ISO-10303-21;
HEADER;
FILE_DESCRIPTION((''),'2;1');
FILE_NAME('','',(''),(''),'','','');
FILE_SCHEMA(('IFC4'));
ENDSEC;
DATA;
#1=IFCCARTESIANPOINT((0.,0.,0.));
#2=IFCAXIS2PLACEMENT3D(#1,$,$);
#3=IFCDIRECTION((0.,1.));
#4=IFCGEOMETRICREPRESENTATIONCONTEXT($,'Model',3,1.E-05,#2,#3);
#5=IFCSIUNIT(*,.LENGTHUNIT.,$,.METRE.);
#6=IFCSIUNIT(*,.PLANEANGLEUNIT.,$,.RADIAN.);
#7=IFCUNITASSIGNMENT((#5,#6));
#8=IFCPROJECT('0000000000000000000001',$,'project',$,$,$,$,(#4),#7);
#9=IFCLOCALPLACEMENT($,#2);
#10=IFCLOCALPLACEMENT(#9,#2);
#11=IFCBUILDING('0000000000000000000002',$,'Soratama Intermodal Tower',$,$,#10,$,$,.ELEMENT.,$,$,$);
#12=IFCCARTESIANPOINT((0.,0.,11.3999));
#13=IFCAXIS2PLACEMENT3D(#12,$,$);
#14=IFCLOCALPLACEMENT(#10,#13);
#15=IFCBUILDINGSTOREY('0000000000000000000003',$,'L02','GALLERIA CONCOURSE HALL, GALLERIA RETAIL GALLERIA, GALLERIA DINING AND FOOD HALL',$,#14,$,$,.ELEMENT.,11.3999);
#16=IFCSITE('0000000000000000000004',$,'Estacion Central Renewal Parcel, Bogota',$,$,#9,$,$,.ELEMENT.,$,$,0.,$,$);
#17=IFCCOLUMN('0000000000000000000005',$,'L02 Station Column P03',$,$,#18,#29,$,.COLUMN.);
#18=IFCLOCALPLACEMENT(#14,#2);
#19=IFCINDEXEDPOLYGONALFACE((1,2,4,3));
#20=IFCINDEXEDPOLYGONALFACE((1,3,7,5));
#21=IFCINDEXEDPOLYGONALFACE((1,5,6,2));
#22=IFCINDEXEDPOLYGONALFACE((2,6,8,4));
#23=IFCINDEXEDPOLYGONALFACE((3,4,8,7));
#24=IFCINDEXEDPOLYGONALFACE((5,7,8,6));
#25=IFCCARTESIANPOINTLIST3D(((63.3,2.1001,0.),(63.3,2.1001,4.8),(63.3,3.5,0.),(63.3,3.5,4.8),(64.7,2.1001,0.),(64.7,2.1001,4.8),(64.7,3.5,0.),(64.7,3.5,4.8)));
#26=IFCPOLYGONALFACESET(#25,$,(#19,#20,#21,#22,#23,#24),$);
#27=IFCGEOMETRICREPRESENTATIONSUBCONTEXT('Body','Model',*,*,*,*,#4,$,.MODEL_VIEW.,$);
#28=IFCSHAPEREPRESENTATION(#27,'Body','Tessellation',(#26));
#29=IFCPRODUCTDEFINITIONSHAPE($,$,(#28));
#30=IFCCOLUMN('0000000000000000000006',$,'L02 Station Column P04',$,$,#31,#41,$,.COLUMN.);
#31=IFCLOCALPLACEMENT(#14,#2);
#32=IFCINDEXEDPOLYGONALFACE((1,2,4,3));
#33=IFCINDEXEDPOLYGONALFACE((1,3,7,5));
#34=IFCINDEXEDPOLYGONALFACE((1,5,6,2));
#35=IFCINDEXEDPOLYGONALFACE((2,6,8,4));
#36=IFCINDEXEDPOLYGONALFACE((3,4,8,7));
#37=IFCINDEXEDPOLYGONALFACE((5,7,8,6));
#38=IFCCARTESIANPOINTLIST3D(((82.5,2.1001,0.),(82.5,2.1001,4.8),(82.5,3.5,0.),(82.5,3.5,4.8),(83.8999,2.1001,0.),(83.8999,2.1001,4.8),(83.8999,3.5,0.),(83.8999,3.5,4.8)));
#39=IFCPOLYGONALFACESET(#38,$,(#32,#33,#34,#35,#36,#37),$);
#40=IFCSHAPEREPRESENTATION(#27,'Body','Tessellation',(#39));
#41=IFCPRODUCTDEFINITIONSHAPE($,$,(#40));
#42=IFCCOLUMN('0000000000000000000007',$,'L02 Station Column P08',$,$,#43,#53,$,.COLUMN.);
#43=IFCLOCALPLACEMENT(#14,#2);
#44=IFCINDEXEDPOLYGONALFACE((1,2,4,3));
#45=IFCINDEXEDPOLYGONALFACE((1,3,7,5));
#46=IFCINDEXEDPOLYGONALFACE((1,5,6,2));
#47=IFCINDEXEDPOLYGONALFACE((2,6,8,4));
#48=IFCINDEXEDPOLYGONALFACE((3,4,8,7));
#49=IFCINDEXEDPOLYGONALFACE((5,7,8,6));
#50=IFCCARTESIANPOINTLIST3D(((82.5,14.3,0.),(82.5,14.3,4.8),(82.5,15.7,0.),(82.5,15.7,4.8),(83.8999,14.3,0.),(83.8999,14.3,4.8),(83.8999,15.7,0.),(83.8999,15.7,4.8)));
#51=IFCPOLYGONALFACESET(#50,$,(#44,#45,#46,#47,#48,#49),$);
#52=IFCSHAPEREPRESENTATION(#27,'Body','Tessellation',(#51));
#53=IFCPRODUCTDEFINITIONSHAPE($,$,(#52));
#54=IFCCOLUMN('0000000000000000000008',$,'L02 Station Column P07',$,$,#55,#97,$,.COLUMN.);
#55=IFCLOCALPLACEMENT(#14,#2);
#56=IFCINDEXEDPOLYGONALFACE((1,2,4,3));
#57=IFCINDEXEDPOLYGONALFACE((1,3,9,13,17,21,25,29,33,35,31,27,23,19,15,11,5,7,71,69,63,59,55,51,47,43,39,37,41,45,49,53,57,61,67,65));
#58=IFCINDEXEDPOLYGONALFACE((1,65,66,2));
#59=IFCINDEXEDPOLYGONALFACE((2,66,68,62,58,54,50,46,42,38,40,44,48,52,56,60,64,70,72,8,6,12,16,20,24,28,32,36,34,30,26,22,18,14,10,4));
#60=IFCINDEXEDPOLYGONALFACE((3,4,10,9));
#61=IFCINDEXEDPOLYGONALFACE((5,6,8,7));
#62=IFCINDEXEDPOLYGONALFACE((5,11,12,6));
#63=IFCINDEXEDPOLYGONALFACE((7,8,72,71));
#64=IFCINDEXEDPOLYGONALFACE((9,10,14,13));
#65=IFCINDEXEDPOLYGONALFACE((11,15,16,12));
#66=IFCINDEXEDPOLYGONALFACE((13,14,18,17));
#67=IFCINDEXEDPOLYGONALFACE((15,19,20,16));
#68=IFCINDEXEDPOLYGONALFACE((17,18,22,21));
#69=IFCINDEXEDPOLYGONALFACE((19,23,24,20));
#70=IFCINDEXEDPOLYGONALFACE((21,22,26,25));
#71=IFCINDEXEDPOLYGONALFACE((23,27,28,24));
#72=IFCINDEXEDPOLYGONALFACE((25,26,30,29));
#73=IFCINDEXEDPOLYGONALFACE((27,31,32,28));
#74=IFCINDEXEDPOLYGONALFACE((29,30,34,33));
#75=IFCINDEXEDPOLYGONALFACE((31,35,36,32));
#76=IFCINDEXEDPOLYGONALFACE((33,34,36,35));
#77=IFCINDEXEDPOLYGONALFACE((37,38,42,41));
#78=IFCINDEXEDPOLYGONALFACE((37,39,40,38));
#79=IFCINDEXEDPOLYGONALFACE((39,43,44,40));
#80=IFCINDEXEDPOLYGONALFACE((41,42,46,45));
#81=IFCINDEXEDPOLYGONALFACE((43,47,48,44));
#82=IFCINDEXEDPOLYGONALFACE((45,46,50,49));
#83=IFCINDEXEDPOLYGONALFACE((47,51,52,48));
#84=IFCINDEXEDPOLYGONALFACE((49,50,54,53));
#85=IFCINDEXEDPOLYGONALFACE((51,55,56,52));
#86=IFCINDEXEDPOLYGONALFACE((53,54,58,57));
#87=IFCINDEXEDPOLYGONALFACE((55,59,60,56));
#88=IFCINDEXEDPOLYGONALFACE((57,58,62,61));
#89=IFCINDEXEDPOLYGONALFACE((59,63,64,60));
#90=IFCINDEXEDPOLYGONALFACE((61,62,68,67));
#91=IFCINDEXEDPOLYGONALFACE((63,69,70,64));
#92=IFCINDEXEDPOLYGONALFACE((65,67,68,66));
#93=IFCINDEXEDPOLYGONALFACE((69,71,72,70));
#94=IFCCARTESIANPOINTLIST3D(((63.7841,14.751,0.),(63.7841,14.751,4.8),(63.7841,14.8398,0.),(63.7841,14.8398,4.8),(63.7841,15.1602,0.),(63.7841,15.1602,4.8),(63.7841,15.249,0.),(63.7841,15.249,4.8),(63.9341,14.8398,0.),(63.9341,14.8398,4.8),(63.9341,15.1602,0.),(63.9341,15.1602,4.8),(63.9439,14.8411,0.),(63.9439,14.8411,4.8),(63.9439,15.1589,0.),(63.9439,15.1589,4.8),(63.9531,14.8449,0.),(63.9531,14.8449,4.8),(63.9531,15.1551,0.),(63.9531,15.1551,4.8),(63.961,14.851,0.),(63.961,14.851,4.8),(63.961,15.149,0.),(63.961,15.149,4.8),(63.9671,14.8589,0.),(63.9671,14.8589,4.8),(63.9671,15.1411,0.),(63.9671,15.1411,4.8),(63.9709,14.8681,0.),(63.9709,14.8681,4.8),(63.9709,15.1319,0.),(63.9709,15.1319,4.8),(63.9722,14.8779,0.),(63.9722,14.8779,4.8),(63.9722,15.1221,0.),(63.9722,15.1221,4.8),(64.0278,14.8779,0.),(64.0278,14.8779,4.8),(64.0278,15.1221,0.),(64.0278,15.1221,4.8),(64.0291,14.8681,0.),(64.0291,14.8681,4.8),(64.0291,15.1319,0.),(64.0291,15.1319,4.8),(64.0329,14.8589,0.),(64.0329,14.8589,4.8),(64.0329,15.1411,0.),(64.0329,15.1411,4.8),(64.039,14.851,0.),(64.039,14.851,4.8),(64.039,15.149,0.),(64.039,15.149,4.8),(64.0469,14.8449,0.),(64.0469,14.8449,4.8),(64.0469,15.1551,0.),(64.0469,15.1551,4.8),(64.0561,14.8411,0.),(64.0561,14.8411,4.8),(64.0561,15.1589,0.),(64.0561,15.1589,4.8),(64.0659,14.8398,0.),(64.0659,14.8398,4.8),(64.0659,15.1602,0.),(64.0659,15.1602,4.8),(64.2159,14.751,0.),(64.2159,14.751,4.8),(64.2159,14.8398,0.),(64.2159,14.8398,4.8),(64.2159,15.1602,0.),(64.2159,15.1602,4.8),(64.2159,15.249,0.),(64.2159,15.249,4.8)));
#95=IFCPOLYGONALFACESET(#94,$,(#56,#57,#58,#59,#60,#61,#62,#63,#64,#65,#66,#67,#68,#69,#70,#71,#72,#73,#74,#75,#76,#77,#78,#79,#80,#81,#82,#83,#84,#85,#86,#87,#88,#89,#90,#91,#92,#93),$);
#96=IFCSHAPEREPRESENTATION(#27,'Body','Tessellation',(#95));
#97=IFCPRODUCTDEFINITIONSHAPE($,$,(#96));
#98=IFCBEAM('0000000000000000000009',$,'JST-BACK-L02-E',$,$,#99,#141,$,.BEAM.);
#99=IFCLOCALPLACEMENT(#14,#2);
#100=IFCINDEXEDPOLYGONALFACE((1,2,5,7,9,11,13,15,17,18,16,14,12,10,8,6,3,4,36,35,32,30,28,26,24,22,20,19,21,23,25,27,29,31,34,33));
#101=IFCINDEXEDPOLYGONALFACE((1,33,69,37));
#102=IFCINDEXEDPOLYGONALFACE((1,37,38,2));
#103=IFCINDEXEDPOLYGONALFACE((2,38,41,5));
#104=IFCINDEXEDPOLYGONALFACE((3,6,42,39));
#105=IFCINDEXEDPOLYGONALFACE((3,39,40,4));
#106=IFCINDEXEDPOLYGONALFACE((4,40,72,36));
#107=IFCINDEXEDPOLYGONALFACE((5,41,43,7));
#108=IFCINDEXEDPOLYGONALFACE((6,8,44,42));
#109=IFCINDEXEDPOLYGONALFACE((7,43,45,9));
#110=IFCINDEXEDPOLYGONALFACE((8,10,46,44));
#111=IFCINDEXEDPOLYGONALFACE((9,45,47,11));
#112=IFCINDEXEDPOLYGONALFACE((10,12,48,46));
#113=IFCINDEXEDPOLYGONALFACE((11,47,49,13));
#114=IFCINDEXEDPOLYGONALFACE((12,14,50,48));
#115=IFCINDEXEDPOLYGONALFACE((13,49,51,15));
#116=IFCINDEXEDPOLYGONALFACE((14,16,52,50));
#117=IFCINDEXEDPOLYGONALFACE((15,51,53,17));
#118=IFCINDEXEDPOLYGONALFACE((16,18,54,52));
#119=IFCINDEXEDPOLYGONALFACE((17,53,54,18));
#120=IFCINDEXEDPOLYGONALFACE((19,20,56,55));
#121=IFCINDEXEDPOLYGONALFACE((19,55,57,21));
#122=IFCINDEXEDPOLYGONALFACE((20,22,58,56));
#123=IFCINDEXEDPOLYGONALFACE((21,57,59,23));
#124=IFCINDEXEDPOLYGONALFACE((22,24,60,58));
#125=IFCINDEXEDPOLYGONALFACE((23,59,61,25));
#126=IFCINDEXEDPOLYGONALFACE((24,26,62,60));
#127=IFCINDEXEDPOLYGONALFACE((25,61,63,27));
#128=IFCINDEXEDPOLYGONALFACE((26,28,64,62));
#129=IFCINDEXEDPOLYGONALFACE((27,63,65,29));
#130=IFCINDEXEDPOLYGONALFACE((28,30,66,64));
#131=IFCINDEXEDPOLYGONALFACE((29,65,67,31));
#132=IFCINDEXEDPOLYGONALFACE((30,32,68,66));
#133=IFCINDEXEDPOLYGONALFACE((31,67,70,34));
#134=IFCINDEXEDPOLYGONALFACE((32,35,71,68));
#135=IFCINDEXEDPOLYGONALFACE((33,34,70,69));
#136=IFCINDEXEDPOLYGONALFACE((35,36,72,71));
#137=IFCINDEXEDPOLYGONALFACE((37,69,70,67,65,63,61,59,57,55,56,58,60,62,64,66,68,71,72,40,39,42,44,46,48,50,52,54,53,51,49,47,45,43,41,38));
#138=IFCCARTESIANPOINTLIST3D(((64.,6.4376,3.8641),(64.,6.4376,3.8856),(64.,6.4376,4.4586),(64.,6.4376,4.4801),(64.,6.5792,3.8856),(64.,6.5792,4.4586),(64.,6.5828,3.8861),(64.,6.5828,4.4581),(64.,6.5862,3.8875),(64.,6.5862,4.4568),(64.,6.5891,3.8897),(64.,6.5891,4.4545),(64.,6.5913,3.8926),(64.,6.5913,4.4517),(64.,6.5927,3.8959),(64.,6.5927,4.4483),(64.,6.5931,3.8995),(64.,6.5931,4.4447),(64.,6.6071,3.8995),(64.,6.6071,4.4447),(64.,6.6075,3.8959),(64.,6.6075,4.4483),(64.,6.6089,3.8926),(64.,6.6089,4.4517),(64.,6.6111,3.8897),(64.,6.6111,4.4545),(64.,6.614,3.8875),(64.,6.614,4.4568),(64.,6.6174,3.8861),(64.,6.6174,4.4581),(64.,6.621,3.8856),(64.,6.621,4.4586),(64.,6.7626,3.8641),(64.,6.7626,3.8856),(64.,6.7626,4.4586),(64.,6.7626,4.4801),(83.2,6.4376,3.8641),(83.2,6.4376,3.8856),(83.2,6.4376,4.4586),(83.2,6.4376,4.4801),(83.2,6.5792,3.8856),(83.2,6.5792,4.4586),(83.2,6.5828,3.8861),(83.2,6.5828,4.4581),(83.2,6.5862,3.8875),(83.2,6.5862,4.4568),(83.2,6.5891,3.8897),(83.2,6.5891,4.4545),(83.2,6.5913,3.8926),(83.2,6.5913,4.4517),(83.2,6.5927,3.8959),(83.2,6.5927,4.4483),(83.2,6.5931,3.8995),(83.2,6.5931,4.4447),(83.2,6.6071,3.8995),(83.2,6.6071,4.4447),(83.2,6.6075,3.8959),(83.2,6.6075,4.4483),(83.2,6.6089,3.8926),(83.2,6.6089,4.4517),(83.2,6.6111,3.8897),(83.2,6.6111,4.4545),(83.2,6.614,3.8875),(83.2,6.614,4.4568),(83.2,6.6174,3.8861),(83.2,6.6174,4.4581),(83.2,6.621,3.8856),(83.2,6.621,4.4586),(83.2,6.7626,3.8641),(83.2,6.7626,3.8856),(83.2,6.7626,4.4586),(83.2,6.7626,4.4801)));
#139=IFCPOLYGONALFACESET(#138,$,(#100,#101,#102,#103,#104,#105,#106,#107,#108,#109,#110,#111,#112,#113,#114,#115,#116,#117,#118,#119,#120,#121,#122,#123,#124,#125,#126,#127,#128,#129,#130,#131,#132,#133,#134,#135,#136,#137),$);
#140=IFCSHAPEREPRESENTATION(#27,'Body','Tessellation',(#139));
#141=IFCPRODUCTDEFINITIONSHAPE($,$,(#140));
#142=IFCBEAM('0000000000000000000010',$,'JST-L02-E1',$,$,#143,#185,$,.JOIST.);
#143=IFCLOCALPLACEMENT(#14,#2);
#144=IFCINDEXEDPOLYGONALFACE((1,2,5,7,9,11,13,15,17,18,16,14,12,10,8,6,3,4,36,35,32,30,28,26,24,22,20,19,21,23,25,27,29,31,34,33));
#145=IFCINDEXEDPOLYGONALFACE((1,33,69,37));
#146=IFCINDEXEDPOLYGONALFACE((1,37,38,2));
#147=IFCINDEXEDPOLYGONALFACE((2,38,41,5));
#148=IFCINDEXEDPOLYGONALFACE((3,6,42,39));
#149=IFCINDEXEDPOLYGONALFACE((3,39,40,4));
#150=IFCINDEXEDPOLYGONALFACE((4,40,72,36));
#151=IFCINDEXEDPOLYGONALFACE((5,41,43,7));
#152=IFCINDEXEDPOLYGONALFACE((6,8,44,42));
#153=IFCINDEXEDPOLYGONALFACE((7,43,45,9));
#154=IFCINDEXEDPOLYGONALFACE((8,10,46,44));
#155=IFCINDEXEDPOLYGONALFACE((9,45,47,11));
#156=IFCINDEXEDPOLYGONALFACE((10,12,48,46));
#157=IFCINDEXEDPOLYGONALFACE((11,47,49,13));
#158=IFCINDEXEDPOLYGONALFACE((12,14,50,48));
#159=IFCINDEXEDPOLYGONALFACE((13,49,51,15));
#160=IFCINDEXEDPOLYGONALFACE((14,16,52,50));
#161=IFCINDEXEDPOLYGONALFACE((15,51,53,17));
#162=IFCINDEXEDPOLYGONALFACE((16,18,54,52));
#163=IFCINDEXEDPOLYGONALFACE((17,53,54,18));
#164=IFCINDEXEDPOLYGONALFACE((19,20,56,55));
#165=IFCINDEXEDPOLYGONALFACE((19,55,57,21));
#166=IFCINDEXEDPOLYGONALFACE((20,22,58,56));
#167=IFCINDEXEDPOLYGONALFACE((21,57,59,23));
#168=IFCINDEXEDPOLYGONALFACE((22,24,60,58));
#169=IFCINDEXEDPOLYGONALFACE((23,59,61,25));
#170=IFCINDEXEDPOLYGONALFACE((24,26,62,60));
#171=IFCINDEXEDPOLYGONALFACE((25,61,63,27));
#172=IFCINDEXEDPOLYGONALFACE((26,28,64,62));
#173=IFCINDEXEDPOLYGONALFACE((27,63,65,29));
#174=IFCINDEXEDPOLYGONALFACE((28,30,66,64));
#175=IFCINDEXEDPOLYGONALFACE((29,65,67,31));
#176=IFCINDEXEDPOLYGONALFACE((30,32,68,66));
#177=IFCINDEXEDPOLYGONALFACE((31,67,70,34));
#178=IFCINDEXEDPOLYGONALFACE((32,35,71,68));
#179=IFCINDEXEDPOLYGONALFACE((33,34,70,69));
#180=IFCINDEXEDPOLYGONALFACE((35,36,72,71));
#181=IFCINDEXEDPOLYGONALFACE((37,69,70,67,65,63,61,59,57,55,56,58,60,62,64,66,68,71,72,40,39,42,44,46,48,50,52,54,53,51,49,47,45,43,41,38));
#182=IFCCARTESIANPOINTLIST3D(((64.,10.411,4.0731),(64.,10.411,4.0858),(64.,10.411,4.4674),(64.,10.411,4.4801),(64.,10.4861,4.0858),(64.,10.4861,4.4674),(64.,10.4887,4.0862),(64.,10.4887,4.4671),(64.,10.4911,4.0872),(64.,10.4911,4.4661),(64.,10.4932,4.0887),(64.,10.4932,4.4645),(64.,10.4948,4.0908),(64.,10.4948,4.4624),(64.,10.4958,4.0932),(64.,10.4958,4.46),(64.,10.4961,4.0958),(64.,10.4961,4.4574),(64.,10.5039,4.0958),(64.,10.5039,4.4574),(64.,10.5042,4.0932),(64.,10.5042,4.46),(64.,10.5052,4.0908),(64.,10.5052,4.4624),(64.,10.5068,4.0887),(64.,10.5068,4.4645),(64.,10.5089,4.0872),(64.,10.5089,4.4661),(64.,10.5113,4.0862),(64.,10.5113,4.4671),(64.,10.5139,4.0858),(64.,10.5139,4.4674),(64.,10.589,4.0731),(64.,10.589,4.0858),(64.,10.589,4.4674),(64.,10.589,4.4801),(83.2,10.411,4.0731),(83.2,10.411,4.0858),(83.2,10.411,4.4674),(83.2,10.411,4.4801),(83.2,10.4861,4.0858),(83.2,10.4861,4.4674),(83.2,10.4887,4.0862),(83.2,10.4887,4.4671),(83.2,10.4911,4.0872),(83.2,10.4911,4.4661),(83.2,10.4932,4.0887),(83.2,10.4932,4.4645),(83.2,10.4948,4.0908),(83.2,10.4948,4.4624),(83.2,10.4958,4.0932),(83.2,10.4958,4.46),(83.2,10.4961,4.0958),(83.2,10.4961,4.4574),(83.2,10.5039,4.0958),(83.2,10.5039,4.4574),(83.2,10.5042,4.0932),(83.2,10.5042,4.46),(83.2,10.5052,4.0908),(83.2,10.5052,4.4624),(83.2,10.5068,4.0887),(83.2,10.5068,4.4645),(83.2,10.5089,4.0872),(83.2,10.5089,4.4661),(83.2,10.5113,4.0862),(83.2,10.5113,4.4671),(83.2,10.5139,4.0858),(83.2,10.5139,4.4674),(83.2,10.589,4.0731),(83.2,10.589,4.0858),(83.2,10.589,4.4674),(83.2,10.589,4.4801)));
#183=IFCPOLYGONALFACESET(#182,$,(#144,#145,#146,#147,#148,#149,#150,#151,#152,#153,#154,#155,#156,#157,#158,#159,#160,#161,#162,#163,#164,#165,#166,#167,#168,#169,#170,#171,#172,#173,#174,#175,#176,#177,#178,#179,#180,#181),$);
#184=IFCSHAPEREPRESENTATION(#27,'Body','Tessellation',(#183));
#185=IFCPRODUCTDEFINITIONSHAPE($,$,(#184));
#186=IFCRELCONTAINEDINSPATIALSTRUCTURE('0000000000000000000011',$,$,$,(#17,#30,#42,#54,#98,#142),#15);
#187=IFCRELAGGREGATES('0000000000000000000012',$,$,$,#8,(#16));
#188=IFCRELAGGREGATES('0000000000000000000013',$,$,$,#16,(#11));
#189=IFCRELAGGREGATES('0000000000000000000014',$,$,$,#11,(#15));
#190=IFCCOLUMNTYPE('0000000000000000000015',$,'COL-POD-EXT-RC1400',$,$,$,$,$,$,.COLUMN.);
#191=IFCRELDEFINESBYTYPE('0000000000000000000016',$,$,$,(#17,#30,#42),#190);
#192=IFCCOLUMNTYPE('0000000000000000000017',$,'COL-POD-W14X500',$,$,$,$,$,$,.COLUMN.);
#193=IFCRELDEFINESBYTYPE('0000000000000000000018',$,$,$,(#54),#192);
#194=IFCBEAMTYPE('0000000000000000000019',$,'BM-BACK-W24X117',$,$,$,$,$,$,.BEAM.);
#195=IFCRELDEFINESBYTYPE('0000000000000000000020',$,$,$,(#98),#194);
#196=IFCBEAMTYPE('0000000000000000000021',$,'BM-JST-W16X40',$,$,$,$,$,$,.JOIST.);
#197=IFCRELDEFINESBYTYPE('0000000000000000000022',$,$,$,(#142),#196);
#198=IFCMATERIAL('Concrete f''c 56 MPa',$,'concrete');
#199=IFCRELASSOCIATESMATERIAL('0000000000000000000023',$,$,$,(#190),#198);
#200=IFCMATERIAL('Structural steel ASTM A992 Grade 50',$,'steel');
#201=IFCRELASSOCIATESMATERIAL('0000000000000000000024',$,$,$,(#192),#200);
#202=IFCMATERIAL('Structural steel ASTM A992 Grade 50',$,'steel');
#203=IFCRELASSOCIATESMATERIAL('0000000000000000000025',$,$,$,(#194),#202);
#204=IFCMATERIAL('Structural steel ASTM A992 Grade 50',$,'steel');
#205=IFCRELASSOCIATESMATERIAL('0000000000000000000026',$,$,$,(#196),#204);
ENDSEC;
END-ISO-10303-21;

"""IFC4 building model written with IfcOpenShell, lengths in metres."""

from ifc_helpers import new_model, si_unit, direction, frame, origin, origin_2d, place, context, subcontext, project, spatial, rectangle, i_section, extrude, material, material_profile, profile_set, type_object, element, save


model = new_model("IFC4")

# Units and contexts
model_context = context("Model", 3, precision=1e-05, world=origin(), true_north=direction((0.0, 1.0)))
body_context = subcontext(model_context, "Body", "Model", "MODEL_VIEW")
ifc_project = project(units=[si_unit("LENGTHUNIT", "METRE"), si_unit("PLANEANGLEUNIT", "RADIAN")], contexts=[model_context])

# Site, building, storey
site_placement = place(None, origin())
site = spatial("IfcSite", under=ifc_project, at=site_placement, Name="Estacion Central Renewal Parcel, Bogota", CompositionType="ELEMENT", RefElevation=0.0)
building_placement = place(site_placement, origin())
building = spatial("IfcBuilding", under=site, at=building_placement, Name="Soratama Intermodal Tower", CompositionType="ELEMENT")
storey_placement = place(building_placement, frame((0.0, 0.0, 11.3999)))
storey = spatial("IfcBuildingStorey", under=building, at=storey_placement, Name="L02", Description="GALLERIA CONCOURSE HALL, GALLERIA RETAIL GALLERIA, GALLERIA DINING AND FOOD HALL", CompositionType="ELEMENT", Elevation=11.3999)

# Columns
ifc_material_1 = material(Name="Concrete f'c 56 MPa", Category="concrete")
ifc_material_profile_1 = material_profile(ifc_material_1, rectangle(XDim=1.3999, YDim=1.3999, at=origin_2d()), Name="RC1400X1400")
ifc_profile_set_1 = profile_set([ifc_material_profile_1], Name="Concrete f'c 56 MPa")
column_type_1 = type_object("IfcColumnType", Name="COL-POD-EXT-RC1400", PredefinedType="COLUMN", material=ifc_profile_set_1)
for number, where, z_axis, x_axis, name in (
    (1, (64.0, 2.8, 0.0), (0.0, 0.0, 1.0), (1.0, 0.0, 0.0), "L02 Station Column P03"),
    (2, (83.2, 2.8, 0.0), (0.0, 0.0, 1.0), (1.0, 0.0, 0.0), "L02 Station Column P04"),
    (3, (83.2, 15.0, 0.0), (0.0, 0.0, 1.0), (1.0, 0.0, 0.0), "L02 Station Column P08"),
):
    element("IfcColumn", number, at=place(storey_placement, frame(where, z_axis=z_axis, x_axis=x_axis)), inside=storey, type_object=column_type_1, Name=name, PredefinedType="COLUMN", context=body_context, shape_type="SweptSolid", body=[
        extrude(rectangle(XDim=1.3999, YDim=1.3999, at=origin_2d()), origin(), (0.0, 0.0, 1.0), 4.8),
    ])
ifc_material_2 = material(Name="Structural steel ASTM A992 Grade 50", Category="steel")
ifc_material_profile_2 = material_profile(ifc_material_2, i_section(OverallWidth=0.4319, OverallDepth=0.498, WebThickness=0.0557, FlangeThickness=0.0889, FilletRadius=0.0381, at=origin_2d()), Name="W14X500")
ifc_profile_set_2 = profile_set([ifc_material_profile_2], Name="Structural steel ASTM A992 Grade 50")
column_type_2 = type_object("IfcColumnType", Name="COL-POD-W14X500", PredefinedType="COLUMN", material=ifc_profile_set_2)
column_placement = place(storey_placement, frame((64.0, 15.0, 0.0), z_axis=(0.0, 0.0, 1.0), x_axis=(1.0, 0.0, 0.0)))
element("IfcColumn", 4, at=column_placement, inside=storey, type_object=column_type_2, Name="L02 Station Column P07", PredefinedType="COLUMN", context=body_context, shape_type="SweptSolid", body=[
    extrude(i_section(OverallWidth=0.4319, OverallDepth=0.498, WebThickness=0.0557, FlangeThickness=0.0889, FilletRadius=0.0381, at=origin_2d()), origin(), (0.0, 0.0, 1.0), 4.8),
])

# Beams
ifc_material_3 = material(Name="Structural steel ASTM A992 Grade 50", Category="steel")
ifc_material_profile_3 = material_profile(ifc_material_3, i_section(OverallWidth=0.325, OverallDepth=0.616, WebThickness=0.0139, FlangeThickness=0.0215, FilletRadius=0.0139, at=origin_2d()), Name="W24X117")
ifc_profile_set_3 = profile_set([ifc_material_profile_3], Name="Structural steel ASTM A992 Grade 50")
beam_type_1 = type_object("IfcBeamType", Name="BM-BACK-W24X117", PredefinedType="BEAM", material=ifc_profile_set_3)
beam_1_placement = place(storey_placement, frame((64.0, 6.6001, 4.1721), z_axis=(1.0, 0.0, 0.0), x_axis=(0.0, 1.0, 0.0)))
element("IfcBeam", 5, at=beam_1_placement, inside=storey, type_object=beam_type_1, Name="JST-BACK-L02-E", PredefinedType="BEAM", context=body_context, shape_type="SweptSolid", body=[
    extrude(i_section(OverallWidth=0.325, OverallDepth=0.616, WebThickness=0.0139, FlangeThickness=0.0215, FilletRadius=0.0139, at=origin_2d()), origin(), (0.0, 0.0, 1.0), 19.2),
])
ifc_material_4 = material(Name="Structural steel ASTM A992 Grade 50", Category="steel")
ifc_material_profile_4 = material_profile(ifc_material_4, i_section(OverallWidth=0.178, OverallDepth=0.407, WebThickness=0.0078, FlangeThickness=0.0127, FilletRadius=0.01, at=origin_2d()), Name="W16X40")
ifc_profile_set_4 = profile_set([ifc_material_profile_4], Name="Structural steel ASTM A992 Grade 50")
beam_type_2 = type_object("IfcBeamType", Name="BM-JST-W16X40", PredefinedType="JOIST", material=ifc_profile_set_4)
beam_2_placement = place(storey_placement, frame((64.0, 10.5, 4.2766), z_axis=(1.0, 0.0, 0.0), x_axis=(0.0, 1.0, 0.0)))
element("IfcBeam", 6, at=beam_2_placement, inside=storey, type_object=beam_type_2, Name="JST-L02-E1", PredefinedType="JOIST", context=body_context, shape_type="SweptSolid", body=[
    extrude(i_section(OverallWidth=0.178, OverallDepth=0.407, WebThickness=0.0078, FlangeThickness=0.0127, FilletRadius=0.01, at=origin_2d()), origin(), (0.0, 0.0, 1.0), 19.2),
])

save(model, "model.ifc")
